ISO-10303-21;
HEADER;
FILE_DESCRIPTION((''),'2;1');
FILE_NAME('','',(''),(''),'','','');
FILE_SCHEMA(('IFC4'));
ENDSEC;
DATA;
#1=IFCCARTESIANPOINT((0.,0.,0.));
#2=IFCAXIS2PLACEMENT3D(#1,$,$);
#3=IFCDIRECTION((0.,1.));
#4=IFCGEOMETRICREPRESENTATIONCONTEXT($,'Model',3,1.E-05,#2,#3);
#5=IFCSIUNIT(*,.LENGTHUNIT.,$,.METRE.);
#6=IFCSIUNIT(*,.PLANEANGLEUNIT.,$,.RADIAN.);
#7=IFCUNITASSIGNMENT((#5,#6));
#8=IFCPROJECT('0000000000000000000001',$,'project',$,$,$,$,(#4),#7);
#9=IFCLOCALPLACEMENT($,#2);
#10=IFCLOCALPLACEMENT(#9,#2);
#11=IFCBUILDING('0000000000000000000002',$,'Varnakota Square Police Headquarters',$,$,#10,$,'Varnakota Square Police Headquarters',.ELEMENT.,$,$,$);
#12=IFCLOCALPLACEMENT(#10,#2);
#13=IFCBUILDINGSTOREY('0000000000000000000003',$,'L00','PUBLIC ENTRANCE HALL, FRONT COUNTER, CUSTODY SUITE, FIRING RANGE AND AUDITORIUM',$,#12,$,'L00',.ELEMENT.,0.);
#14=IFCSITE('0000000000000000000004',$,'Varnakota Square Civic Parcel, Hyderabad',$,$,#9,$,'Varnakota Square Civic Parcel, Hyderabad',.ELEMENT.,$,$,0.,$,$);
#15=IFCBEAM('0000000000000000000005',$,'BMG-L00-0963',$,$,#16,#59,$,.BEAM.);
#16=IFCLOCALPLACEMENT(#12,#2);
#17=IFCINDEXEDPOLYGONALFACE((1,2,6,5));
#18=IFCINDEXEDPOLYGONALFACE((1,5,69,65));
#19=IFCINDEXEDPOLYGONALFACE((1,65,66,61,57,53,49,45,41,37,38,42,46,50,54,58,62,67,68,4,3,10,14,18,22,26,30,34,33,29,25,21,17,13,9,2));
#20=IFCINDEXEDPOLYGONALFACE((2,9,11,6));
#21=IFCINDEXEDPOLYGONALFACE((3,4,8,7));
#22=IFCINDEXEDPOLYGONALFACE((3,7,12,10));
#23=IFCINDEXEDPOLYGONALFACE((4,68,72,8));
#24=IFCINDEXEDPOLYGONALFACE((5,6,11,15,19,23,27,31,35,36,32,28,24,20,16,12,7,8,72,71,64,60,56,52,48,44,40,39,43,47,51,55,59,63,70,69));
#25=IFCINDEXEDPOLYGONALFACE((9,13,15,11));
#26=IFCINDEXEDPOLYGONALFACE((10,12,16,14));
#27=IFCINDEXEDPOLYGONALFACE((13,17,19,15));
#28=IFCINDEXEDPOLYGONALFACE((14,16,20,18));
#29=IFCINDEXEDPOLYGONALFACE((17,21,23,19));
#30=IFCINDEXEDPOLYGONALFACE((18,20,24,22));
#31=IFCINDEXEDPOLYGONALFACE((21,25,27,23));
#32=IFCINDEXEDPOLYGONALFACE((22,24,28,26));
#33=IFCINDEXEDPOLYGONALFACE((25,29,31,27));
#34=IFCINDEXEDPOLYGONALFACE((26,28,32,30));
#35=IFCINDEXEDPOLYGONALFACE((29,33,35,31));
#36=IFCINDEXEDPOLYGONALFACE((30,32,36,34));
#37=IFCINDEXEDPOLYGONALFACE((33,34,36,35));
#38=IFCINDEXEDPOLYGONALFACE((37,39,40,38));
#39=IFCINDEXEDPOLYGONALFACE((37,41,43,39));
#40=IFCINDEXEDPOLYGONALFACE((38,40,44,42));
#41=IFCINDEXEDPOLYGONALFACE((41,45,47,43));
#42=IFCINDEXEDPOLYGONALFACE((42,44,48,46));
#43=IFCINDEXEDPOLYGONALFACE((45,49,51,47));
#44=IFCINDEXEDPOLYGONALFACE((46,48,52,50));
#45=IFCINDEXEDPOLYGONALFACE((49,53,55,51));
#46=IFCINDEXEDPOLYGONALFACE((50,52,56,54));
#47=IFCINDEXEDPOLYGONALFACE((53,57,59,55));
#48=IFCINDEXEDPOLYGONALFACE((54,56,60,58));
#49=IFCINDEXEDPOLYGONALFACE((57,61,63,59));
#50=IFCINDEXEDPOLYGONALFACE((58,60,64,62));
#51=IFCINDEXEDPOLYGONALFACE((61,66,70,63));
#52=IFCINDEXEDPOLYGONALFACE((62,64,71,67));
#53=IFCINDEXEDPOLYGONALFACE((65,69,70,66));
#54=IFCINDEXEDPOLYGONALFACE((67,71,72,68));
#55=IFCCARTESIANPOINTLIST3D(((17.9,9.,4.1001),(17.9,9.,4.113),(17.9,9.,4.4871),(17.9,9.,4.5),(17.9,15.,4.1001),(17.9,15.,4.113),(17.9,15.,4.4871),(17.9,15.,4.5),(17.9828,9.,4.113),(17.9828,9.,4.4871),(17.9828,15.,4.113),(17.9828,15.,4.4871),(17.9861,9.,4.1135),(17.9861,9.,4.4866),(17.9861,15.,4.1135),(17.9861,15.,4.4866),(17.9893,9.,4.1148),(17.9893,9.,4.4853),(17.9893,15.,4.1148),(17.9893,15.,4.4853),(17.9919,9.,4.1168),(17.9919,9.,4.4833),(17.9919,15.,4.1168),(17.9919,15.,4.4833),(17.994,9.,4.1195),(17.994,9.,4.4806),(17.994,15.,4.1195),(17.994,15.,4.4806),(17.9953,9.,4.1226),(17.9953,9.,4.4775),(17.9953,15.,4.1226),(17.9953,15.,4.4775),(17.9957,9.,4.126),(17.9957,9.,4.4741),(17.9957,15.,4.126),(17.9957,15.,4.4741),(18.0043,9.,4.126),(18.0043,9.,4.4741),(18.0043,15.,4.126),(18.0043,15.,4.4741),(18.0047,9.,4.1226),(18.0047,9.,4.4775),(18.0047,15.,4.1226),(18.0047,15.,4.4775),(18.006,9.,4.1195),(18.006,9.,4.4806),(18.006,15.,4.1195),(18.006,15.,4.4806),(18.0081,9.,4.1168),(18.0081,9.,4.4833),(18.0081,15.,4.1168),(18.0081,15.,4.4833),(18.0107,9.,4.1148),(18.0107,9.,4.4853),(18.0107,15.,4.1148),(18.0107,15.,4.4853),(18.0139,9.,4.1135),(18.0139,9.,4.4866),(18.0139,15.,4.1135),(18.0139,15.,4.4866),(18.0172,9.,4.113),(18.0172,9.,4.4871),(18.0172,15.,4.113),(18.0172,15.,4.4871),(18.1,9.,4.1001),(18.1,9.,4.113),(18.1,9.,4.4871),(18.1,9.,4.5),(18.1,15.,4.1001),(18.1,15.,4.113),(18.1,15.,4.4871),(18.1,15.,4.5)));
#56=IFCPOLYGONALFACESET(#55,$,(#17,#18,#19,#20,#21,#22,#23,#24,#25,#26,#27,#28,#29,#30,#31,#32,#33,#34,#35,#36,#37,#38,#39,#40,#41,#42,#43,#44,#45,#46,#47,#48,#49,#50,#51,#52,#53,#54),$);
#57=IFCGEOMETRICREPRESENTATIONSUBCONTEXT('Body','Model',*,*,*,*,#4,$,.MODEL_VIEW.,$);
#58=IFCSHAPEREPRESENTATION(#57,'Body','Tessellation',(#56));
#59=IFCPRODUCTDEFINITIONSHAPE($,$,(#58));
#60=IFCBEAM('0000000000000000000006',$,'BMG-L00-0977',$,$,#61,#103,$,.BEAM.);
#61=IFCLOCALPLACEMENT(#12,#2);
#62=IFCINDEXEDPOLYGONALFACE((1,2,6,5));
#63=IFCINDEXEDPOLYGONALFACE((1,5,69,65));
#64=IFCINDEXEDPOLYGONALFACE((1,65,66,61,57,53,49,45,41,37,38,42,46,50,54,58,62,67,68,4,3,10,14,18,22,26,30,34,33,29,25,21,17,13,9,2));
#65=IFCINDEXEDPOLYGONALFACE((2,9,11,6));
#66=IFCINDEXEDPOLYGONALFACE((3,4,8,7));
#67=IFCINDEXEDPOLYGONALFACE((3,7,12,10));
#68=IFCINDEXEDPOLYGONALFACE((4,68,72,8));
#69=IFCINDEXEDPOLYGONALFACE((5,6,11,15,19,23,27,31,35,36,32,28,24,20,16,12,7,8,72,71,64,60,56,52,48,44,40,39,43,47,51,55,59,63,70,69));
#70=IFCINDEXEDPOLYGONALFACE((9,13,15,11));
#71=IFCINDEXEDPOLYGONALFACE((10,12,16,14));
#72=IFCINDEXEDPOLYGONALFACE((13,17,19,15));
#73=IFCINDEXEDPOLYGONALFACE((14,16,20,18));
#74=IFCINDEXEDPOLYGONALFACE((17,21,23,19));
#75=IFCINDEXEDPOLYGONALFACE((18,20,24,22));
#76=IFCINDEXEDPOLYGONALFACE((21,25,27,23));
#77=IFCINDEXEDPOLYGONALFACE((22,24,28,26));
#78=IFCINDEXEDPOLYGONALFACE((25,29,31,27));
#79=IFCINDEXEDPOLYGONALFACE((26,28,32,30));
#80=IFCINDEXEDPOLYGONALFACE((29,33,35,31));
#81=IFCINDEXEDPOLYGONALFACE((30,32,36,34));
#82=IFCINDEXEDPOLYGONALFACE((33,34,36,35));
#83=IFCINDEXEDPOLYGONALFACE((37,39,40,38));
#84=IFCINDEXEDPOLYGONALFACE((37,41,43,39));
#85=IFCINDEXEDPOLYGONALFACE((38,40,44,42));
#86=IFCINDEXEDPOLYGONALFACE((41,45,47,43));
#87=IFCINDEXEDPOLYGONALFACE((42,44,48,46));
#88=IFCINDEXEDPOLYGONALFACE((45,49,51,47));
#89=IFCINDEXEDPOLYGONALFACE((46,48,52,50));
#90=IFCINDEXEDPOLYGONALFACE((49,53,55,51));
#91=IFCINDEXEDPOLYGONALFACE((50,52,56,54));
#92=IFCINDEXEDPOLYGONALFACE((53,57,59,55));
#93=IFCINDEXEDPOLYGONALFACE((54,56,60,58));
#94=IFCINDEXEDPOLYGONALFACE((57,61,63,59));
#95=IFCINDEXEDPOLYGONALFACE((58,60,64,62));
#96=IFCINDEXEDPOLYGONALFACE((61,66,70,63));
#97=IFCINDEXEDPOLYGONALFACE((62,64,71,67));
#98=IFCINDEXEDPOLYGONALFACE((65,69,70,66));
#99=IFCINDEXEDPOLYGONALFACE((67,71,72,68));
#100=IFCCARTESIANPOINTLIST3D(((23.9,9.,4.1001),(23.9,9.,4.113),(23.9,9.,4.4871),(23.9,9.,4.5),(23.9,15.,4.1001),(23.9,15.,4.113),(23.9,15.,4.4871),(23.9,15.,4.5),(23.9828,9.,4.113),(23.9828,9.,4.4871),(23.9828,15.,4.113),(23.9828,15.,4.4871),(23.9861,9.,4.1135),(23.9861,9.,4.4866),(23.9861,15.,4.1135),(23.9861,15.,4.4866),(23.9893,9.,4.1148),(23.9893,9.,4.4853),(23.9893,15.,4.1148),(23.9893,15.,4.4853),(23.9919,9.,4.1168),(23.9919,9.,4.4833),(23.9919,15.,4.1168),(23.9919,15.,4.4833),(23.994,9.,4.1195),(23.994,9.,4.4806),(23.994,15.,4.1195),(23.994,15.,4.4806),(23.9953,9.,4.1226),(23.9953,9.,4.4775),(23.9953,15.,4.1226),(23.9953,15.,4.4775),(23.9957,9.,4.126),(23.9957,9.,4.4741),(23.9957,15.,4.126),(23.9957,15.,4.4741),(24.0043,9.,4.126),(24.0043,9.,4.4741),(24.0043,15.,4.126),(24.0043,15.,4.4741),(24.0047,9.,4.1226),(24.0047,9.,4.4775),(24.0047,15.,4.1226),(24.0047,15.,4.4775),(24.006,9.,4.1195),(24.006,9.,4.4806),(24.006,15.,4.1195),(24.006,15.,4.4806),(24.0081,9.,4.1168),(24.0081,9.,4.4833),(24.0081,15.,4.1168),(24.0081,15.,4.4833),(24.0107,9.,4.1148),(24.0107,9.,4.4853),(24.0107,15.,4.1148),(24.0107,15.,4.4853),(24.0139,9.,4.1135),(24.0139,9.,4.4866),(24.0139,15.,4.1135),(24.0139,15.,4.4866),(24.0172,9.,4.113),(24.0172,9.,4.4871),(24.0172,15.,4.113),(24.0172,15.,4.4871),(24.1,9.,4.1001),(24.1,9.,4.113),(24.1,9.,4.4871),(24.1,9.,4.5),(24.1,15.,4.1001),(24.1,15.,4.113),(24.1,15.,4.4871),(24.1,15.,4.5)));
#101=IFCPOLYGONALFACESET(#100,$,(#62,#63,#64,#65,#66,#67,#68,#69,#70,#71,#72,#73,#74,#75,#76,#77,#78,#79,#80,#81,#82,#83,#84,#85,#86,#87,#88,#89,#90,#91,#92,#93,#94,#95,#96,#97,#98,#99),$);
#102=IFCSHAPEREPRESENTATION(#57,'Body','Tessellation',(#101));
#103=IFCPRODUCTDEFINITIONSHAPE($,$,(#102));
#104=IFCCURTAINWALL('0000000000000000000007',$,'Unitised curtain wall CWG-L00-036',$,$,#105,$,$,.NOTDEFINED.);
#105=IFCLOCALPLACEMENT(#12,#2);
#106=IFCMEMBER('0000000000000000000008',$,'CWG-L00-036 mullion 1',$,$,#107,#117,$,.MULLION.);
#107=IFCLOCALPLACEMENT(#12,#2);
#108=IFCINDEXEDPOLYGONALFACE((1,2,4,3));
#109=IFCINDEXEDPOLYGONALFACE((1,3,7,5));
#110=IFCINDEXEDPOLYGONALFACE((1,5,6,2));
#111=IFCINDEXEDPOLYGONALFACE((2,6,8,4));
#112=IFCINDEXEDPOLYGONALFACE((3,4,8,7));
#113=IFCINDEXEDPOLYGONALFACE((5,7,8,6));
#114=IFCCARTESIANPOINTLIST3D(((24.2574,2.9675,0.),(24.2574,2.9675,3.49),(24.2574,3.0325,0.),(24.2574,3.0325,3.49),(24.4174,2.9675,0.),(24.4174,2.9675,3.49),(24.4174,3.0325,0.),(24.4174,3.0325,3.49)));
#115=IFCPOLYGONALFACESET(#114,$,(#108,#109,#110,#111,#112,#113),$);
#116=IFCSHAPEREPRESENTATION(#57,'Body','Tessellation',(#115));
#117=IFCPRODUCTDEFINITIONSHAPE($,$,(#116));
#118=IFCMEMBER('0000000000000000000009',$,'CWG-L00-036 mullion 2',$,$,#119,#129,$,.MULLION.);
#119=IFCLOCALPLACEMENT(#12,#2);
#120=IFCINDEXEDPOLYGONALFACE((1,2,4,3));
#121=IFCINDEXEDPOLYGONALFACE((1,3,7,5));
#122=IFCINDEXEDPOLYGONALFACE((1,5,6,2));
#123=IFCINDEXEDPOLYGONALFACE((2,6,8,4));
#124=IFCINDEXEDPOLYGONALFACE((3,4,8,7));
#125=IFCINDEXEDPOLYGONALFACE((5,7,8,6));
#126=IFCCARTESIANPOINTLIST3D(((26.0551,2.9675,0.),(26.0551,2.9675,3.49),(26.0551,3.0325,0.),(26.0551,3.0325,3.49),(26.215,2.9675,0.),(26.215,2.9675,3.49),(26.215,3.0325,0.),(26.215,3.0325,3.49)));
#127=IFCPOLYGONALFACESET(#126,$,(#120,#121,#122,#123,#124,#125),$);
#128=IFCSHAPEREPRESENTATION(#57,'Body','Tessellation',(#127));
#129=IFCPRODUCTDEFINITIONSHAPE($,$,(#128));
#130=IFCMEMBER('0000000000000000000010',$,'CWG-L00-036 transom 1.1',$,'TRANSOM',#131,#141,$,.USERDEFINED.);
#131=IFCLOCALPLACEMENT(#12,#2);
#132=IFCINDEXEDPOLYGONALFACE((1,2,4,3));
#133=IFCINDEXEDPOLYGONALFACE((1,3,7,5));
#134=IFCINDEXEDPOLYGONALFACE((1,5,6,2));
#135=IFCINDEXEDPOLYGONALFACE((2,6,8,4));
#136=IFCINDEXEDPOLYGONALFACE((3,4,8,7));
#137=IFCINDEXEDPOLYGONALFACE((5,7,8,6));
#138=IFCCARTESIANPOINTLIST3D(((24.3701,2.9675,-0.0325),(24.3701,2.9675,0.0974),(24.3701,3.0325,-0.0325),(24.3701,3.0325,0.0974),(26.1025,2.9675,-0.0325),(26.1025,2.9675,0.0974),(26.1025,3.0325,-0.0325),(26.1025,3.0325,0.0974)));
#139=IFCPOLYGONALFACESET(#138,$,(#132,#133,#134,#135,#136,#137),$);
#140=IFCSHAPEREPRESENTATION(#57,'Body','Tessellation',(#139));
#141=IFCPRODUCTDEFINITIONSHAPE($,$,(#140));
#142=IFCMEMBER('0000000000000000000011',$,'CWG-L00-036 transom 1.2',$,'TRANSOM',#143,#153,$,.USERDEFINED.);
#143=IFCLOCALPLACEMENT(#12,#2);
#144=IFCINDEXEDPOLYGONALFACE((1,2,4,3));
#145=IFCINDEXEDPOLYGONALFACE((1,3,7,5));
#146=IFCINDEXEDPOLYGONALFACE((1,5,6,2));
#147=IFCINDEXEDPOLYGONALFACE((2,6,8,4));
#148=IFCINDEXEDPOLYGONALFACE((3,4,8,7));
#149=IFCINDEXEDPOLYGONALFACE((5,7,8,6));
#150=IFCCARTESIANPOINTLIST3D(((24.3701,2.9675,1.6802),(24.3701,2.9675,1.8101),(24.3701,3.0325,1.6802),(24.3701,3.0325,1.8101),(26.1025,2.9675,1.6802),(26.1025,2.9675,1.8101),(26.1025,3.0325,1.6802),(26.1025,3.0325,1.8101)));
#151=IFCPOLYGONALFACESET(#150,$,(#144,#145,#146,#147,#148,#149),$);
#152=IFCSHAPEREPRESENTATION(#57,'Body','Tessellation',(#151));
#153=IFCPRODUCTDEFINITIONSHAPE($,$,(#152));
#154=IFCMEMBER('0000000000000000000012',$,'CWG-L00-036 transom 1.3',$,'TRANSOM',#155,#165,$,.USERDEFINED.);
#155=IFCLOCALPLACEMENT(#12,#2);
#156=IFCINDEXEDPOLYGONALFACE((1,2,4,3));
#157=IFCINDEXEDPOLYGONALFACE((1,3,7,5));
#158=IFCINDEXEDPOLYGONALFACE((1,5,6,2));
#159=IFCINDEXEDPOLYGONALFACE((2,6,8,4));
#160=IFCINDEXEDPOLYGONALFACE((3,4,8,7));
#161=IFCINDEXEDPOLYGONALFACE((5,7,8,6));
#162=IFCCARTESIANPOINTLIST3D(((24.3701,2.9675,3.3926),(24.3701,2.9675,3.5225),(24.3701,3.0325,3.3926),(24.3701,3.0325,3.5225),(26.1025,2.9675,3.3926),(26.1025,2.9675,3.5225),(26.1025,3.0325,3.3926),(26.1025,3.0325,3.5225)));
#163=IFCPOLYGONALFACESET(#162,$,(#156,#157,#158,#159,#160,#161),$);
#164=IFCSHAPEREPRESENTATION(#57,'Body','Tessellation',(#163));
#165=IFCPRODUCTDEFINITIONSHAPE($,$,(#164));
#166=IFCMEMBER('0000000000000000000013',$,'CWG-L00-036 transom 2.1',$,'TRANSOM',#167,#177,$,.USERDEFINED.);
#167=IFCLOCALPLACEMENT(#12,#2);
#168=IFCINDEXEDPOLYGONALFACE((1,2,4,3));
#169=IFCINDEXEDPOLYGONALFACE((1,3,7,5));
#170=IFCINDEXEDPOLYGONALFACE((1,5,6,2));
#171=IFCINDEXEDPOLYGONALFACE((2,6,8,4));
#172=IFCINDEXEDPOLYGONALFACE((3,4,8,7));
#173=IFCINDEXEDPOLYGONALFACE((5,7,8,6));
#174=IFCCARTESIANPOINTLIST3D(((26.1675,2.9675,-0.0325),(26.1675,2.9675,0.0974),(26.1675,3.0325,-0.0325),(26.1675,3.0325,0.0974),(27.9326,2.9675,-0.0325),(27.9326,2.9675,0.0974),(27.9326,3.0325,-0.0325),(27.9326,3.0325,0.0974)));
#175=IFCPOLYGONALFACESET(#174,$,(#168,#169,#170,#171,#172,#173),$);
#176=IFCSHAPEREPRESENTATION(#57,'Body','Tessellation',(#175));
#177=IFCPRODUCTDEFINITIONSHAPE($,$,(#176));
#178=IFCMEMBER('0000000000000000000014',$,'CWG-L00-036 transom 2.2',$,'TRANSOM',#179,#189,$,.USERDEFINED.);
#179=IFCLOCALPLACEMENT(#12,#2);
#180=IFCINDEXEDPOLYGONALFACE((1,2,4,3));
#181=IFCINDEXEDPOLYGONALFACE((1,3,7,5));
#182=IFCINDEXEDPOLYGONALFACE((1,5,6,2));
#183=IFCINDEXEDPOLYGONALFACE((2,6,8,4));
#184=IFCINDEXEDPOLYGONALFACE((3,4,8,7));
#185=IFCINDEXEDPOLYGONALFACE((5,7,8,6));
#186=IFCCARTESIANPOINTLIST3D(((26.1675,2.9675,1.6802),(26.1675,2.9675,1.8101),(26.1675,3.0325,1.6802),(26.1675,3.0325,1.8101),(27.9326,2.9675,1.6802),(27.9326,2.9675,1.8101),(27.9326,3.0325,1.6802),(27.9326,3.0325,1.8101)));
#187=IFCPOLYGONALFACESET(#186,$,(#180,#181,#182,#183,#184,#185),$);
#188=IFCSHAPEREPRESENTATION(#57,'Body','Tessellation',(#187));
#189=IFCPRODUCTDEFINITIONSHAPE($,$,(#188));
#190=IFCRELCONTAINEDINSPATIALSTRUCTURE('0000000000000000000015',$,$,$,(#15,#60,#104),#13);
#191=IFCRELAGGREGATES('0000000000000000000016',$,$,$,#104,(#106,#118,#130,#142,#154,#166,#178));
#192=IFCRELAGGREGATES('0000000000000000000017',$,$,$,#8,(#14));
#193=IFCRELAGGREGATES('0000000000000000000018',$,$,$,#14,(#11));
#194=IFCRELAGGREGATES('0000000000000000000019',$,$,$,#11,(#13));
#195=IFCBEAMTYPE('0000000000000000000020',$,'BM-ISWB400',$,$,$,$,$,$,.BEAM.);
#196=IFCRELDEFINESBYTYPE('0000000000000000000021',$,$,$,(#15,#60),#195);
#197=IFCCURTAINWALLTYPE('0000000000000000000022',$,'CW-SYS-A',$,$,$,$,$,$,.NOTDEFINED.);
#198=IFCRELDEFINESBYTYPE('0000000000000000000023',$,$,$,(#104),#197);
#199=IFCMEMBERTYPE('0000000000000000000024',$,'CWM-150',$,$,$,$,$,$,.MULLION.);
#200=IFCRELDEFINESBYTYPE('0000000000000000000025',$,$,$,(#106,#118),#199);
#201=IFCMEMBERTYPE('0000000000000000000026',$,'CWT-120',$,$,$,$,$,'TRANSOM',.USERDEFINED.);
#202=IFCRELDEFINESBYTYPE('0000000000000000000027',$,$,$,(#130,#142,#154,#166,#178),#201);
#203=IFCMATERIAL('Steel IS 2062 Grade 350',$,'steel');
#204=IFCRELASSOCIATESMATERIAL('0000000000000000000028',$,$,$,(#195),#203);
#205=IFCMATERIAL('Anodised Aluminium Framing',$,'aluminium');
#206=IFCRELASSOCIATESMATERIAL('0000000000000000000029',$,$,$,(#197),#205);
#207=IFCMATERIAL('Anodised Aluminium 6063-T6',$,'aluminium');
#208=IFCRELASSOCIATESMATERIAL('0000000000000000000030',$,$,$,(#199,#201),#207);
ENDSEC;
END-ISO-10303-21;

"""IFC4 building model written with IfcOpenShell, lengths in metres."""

from ifc_helpers import new_model, si_unit, direction, frame, origin, origin_2d, place, context, subcontext, project, spatial, rectangle, i_section, extrude, material, material_profile, profile_set, type_object, element, aggregate, save


model = new_model("IFC4")

# Units and contexts
model_context = context("Model", 3, precision=1e-05, world=origin(), true_north=direction((0.0, 1.0)))
body_context = subcontext(model_context, "Body", "Model", "MODEL_VIEW")
ifc_project = project(units=[si_unit("LENGTHUNIT", "METRE"), si_unit("PLANEANGLEUNIT", "RADIAN")], contexts=[model_context])

# Site, building, storey
site_placement = place(None, origin())
site = spatial("IfcSite", under=ifc_project, at=site_placement, Name="Varnakota Square Civic Parcel, Hyderabad", LongName="Varnakota Square Civic Parcel, Hyderabad", CompositionType="ELEMENT", RefElevation=0.0)
building_placement = place(site_placement, origin())
building = spatial("IfcBuilding", under=site, at=building_placement, Name="Varnakota Square Police Headquarters", LongName="Varnakota Square Police Headquarters", CompositionType="ELEMENT")
storey_placement = place(building_placement, origin())
storey = spatial("IfcBuildingStorey", under=building, at=storey_placement, Name="L00", Description="PUBLIC ENTRANCE HALL, FRONT COUNTER, CUSTODY SUITE, FIRING RANGE AND AUDITORIUM", LongName="L00", CompositionType="ELEMENT", Elevation=0.0)

# Beams
ifc_material_1 = material(Name="Steel IS 2062 Grade 350", Category="steel")
ifc_material_profile_1 = material_profile(ifc_material_1, i_section(OverallWidth=0.2, OverallDepth=0.3999, WebThickness=0.0085, FlangeThickness=0.0129, FilletRadius=0.0129, at=origin_2d()), Name="ISWB 400")
ifc_profile_set_1 = profile_set([ifc_material_profile_1], Name="Steel IS 2062 Grade 350")
beam_type_1 = type_object("IfcBeamType", Name="BM-ISWB400", PredefinedType="BEAM", material=ifc_profile_set_1)
for number, where, z_axis, x_axis, name in (
    (1, (18.0, 9.0, 4.3), (0.0, 1.0, 0.0), (-1.0, 0.0, 0.0), "BMG-L00-0963"),
    (2, (24.0, 9.0, 4.3), (0.0, 1.0, 0.0), (-1.0, 0.0, 0.0), "BMG-L00-0977"),
):
    element("IfcBeam", number, at=place(storey_placement, frame(where, z_axis=z_axis, x_axis=x_axis)), inside=storey, type_object=beam_type_1, Name=name, PredefinedType="BEAM", context=body_context, shape_type="SweptSolid", body=[
        extrude(i_section(OverallWidth=0.2, OverallDepth=0.3999, WebThickness=0.0085, FlangeThickness=0.0129, FilletRadius=0.0129, at=origin_2d()), origin(), (0.0, 0.0, 1.0), 6.0),
    ])

# Curtain wall, members
ifc_material_2 = material(Name="Anodised Aluminium Framing", Category="aluminium")
curtain_wall_type = type_object("IfcCurtainWallType", Name="CW-SYS-A", PredefinedType="NOTDEFINED", material=ifc_material_2)
curtain_wall_placement = place(storey_placement, origin())
curtain_wall = element("IfcCurtainWall", 3, at=curtain_wall_placement, inside=storey, type_object=curtain_wall_type, Name="Unitised curtain wall CWG-L00-036", PredefinedType="NOTDEFINED")
ifc_material_3 = material(Name="Anodised Aluminium 6063-T6", Category="aluminium")
ifc_material_profile_2 = material_profile(ifc_material_3, rectangle(XDim=0.0649, YDim=0.1599, at=origin_2d()), Name="ALU MULLION 65x160")
ifc_profile_set_2 = profile_set([ifc_material_profile_2], Name="Anodised Aluminium 6063-T6")
member_type_1 = type_object("IfcMemberType", Name="CWM-150", PredefinedType="MULLION", material=ifc_profile_set_2)
member_1_placement = place(storey_placement, frame((24.3374, 3.0, 0.0), z_axis=(0.0, 0.0, 1.0), x_axis=(0.0, 1.0, 0.0)))
member_1 = element("IfcMember", 4, at=member_1_placement, type_object=member_type_1, Name="CWG-L00-036 mullion 1", PredefinedType="MULLION", context=body_context, shape_type="SweptSolid", body=[
    extrude(rectangle(XDim=0.0649, YDim=0.1599, at=origin_2d()), origin(), (0.0, 0.0, 1.0), 3.49),
])
member_2_placement = place(storey_placement, frame((26.135, 3.0, 0.0), z_axis=(0.0, 0.0, 1.0), x_axis=(0.0, 1.0, 0.0)))
member_2 = element("IfcMember", 5, at=member_2_placement, type_object=member_type_1, Name="CWG-L00-036 mullion 2", PredefinedType="MULLION", context=body_context, shape_type="SweptSolid", body=[
    extrude(rectangle(XDim=0.0649, YDim=0.1599, at=origin_2d()), origin(), (0.0, 0.0, 1.0), 3.49),
])
ifc_material_profile_3 = material_profile(ifc_material_3, rectangle(XDim=0.0649, YDim=0.1299, at=origin_2d()), Name="ALU TRANSOM 65x130")
ifc_profile_set_3 = profile_set([ifc_material_profile_3], Name="Anodised Aluminium 6063-T6")
member_type_2 = type_object("IfcMemberType", Name="CWT-120", ElementType="TRANSOM", PredefinedType="USERDEFINED", material=ifc_profile_set_3)
member_3_placement = place(storey_placement, frame((24.3701, 3.0, 0.0325), z_axis=(1.0, 0.0, 0.0), x_axis=(0.0, 1.0, 0.0)))
member_3 = element("IfcMember", 6, at=member_3_placement, type_object=member_type_2, Name="CWG-L00-036 transom 1.1", ObjectType="TRANSOM", PredefinedType="USERDEFINED", context=body_context, shape_type="SweptSolid", body=[
    extrude(rectangle(XDim=0.0649, YDim=0.1299, at=origin_2d()), origin(), (0.0, 0.0, 1.0), 1.7324),
])
member_4_placement = place(storey_placement, frame((24.3701, 3.0, 1.7451), z_axis=(1.0, 0.0, 0.0), x_axis=(0.0, 1.0, 0.0)))
member_4 = element("IfcMember", 7, at=member_4_placement, type_object=member_type_2, Name="CWG-L00-036 transom 1.2", ObjectType="TRANSOM", PredefinedType="USERDEFINED", context=body_context, shape_type="SweptSolid", body=[
    extrude(rectangle(XDim=0.0649, YDim=0.1299, at=origin_2d()), origin(), (0.0, 0.0, 1.0), 1.7324),
])
member_5_placement = place(storey_placement, frame((24.3701, 3.0, 3.4575), z_axis=(1.0, 0.0, 0.0), x_axis=(0.0, 1.0, 0.0)))
member_5 = element("IfcMember", 8, at=member_5_placement, type_object=member_type_2, Name="CWG-L00-036 transom 1.3", ObjectType="TRANSOM", PredefinedType="USERDEFINED", context=body_context, shape_type="SweptSolid", body=[
    extrude(rectangle(XDim=0.0649, YDim=0.1299, at=origin_2d()), origin(), (0.0, 0.0, 1.0), 1.7324),
])
member_6_placement = place(storey_placement, frame((26.1675, 3.0, 0.0325), z_axis=(1.0, 0.0, 0.0), x_axis=(0.0, 1.0, 0.0)))
member_6 = element("IfcMember", 9, at=member_6_placement, type_object=member_type_2, Name="CWG-L00-036 transom 2.1", ObjectType="TRANSOM", PredefinedType="USERDEFINED", context=body_context, shape_type="SweptSolid", body=[
    extrude(rectangle(XDim=0.0649, YDim=0.1299, at=origin_2d()), origin(), (0.0, 0.0, 1.0), 1.7651),
])
member_7_placement = place(storey_placement, frame((26.1675, 3.0, 1.7451), z_axis=(1.0, 0.0, 0.0), x_axis=(0.0, 1.0, 0.0)))
member_7 = element("IfcMember", 10, at=member_7_placement, type_object=member_type_2, Name="CWG-L00-036 transom 2.2", ObjectType="TRANSOM", PredefinedType="USERDEFINED", context=body_context, shape_type="SweptSolid", body=[
    extrude(rectangle(XDim=0.0649, YDim=0.1299, at=origin_2d()), origin(), (0.0, 0.0, 1.0), 1.7651),
])
aggregate(curtain_wall, [member_1, member_2, member_3, member_4, member_5, member_6, member_7])

save(model, "model.ifc")
